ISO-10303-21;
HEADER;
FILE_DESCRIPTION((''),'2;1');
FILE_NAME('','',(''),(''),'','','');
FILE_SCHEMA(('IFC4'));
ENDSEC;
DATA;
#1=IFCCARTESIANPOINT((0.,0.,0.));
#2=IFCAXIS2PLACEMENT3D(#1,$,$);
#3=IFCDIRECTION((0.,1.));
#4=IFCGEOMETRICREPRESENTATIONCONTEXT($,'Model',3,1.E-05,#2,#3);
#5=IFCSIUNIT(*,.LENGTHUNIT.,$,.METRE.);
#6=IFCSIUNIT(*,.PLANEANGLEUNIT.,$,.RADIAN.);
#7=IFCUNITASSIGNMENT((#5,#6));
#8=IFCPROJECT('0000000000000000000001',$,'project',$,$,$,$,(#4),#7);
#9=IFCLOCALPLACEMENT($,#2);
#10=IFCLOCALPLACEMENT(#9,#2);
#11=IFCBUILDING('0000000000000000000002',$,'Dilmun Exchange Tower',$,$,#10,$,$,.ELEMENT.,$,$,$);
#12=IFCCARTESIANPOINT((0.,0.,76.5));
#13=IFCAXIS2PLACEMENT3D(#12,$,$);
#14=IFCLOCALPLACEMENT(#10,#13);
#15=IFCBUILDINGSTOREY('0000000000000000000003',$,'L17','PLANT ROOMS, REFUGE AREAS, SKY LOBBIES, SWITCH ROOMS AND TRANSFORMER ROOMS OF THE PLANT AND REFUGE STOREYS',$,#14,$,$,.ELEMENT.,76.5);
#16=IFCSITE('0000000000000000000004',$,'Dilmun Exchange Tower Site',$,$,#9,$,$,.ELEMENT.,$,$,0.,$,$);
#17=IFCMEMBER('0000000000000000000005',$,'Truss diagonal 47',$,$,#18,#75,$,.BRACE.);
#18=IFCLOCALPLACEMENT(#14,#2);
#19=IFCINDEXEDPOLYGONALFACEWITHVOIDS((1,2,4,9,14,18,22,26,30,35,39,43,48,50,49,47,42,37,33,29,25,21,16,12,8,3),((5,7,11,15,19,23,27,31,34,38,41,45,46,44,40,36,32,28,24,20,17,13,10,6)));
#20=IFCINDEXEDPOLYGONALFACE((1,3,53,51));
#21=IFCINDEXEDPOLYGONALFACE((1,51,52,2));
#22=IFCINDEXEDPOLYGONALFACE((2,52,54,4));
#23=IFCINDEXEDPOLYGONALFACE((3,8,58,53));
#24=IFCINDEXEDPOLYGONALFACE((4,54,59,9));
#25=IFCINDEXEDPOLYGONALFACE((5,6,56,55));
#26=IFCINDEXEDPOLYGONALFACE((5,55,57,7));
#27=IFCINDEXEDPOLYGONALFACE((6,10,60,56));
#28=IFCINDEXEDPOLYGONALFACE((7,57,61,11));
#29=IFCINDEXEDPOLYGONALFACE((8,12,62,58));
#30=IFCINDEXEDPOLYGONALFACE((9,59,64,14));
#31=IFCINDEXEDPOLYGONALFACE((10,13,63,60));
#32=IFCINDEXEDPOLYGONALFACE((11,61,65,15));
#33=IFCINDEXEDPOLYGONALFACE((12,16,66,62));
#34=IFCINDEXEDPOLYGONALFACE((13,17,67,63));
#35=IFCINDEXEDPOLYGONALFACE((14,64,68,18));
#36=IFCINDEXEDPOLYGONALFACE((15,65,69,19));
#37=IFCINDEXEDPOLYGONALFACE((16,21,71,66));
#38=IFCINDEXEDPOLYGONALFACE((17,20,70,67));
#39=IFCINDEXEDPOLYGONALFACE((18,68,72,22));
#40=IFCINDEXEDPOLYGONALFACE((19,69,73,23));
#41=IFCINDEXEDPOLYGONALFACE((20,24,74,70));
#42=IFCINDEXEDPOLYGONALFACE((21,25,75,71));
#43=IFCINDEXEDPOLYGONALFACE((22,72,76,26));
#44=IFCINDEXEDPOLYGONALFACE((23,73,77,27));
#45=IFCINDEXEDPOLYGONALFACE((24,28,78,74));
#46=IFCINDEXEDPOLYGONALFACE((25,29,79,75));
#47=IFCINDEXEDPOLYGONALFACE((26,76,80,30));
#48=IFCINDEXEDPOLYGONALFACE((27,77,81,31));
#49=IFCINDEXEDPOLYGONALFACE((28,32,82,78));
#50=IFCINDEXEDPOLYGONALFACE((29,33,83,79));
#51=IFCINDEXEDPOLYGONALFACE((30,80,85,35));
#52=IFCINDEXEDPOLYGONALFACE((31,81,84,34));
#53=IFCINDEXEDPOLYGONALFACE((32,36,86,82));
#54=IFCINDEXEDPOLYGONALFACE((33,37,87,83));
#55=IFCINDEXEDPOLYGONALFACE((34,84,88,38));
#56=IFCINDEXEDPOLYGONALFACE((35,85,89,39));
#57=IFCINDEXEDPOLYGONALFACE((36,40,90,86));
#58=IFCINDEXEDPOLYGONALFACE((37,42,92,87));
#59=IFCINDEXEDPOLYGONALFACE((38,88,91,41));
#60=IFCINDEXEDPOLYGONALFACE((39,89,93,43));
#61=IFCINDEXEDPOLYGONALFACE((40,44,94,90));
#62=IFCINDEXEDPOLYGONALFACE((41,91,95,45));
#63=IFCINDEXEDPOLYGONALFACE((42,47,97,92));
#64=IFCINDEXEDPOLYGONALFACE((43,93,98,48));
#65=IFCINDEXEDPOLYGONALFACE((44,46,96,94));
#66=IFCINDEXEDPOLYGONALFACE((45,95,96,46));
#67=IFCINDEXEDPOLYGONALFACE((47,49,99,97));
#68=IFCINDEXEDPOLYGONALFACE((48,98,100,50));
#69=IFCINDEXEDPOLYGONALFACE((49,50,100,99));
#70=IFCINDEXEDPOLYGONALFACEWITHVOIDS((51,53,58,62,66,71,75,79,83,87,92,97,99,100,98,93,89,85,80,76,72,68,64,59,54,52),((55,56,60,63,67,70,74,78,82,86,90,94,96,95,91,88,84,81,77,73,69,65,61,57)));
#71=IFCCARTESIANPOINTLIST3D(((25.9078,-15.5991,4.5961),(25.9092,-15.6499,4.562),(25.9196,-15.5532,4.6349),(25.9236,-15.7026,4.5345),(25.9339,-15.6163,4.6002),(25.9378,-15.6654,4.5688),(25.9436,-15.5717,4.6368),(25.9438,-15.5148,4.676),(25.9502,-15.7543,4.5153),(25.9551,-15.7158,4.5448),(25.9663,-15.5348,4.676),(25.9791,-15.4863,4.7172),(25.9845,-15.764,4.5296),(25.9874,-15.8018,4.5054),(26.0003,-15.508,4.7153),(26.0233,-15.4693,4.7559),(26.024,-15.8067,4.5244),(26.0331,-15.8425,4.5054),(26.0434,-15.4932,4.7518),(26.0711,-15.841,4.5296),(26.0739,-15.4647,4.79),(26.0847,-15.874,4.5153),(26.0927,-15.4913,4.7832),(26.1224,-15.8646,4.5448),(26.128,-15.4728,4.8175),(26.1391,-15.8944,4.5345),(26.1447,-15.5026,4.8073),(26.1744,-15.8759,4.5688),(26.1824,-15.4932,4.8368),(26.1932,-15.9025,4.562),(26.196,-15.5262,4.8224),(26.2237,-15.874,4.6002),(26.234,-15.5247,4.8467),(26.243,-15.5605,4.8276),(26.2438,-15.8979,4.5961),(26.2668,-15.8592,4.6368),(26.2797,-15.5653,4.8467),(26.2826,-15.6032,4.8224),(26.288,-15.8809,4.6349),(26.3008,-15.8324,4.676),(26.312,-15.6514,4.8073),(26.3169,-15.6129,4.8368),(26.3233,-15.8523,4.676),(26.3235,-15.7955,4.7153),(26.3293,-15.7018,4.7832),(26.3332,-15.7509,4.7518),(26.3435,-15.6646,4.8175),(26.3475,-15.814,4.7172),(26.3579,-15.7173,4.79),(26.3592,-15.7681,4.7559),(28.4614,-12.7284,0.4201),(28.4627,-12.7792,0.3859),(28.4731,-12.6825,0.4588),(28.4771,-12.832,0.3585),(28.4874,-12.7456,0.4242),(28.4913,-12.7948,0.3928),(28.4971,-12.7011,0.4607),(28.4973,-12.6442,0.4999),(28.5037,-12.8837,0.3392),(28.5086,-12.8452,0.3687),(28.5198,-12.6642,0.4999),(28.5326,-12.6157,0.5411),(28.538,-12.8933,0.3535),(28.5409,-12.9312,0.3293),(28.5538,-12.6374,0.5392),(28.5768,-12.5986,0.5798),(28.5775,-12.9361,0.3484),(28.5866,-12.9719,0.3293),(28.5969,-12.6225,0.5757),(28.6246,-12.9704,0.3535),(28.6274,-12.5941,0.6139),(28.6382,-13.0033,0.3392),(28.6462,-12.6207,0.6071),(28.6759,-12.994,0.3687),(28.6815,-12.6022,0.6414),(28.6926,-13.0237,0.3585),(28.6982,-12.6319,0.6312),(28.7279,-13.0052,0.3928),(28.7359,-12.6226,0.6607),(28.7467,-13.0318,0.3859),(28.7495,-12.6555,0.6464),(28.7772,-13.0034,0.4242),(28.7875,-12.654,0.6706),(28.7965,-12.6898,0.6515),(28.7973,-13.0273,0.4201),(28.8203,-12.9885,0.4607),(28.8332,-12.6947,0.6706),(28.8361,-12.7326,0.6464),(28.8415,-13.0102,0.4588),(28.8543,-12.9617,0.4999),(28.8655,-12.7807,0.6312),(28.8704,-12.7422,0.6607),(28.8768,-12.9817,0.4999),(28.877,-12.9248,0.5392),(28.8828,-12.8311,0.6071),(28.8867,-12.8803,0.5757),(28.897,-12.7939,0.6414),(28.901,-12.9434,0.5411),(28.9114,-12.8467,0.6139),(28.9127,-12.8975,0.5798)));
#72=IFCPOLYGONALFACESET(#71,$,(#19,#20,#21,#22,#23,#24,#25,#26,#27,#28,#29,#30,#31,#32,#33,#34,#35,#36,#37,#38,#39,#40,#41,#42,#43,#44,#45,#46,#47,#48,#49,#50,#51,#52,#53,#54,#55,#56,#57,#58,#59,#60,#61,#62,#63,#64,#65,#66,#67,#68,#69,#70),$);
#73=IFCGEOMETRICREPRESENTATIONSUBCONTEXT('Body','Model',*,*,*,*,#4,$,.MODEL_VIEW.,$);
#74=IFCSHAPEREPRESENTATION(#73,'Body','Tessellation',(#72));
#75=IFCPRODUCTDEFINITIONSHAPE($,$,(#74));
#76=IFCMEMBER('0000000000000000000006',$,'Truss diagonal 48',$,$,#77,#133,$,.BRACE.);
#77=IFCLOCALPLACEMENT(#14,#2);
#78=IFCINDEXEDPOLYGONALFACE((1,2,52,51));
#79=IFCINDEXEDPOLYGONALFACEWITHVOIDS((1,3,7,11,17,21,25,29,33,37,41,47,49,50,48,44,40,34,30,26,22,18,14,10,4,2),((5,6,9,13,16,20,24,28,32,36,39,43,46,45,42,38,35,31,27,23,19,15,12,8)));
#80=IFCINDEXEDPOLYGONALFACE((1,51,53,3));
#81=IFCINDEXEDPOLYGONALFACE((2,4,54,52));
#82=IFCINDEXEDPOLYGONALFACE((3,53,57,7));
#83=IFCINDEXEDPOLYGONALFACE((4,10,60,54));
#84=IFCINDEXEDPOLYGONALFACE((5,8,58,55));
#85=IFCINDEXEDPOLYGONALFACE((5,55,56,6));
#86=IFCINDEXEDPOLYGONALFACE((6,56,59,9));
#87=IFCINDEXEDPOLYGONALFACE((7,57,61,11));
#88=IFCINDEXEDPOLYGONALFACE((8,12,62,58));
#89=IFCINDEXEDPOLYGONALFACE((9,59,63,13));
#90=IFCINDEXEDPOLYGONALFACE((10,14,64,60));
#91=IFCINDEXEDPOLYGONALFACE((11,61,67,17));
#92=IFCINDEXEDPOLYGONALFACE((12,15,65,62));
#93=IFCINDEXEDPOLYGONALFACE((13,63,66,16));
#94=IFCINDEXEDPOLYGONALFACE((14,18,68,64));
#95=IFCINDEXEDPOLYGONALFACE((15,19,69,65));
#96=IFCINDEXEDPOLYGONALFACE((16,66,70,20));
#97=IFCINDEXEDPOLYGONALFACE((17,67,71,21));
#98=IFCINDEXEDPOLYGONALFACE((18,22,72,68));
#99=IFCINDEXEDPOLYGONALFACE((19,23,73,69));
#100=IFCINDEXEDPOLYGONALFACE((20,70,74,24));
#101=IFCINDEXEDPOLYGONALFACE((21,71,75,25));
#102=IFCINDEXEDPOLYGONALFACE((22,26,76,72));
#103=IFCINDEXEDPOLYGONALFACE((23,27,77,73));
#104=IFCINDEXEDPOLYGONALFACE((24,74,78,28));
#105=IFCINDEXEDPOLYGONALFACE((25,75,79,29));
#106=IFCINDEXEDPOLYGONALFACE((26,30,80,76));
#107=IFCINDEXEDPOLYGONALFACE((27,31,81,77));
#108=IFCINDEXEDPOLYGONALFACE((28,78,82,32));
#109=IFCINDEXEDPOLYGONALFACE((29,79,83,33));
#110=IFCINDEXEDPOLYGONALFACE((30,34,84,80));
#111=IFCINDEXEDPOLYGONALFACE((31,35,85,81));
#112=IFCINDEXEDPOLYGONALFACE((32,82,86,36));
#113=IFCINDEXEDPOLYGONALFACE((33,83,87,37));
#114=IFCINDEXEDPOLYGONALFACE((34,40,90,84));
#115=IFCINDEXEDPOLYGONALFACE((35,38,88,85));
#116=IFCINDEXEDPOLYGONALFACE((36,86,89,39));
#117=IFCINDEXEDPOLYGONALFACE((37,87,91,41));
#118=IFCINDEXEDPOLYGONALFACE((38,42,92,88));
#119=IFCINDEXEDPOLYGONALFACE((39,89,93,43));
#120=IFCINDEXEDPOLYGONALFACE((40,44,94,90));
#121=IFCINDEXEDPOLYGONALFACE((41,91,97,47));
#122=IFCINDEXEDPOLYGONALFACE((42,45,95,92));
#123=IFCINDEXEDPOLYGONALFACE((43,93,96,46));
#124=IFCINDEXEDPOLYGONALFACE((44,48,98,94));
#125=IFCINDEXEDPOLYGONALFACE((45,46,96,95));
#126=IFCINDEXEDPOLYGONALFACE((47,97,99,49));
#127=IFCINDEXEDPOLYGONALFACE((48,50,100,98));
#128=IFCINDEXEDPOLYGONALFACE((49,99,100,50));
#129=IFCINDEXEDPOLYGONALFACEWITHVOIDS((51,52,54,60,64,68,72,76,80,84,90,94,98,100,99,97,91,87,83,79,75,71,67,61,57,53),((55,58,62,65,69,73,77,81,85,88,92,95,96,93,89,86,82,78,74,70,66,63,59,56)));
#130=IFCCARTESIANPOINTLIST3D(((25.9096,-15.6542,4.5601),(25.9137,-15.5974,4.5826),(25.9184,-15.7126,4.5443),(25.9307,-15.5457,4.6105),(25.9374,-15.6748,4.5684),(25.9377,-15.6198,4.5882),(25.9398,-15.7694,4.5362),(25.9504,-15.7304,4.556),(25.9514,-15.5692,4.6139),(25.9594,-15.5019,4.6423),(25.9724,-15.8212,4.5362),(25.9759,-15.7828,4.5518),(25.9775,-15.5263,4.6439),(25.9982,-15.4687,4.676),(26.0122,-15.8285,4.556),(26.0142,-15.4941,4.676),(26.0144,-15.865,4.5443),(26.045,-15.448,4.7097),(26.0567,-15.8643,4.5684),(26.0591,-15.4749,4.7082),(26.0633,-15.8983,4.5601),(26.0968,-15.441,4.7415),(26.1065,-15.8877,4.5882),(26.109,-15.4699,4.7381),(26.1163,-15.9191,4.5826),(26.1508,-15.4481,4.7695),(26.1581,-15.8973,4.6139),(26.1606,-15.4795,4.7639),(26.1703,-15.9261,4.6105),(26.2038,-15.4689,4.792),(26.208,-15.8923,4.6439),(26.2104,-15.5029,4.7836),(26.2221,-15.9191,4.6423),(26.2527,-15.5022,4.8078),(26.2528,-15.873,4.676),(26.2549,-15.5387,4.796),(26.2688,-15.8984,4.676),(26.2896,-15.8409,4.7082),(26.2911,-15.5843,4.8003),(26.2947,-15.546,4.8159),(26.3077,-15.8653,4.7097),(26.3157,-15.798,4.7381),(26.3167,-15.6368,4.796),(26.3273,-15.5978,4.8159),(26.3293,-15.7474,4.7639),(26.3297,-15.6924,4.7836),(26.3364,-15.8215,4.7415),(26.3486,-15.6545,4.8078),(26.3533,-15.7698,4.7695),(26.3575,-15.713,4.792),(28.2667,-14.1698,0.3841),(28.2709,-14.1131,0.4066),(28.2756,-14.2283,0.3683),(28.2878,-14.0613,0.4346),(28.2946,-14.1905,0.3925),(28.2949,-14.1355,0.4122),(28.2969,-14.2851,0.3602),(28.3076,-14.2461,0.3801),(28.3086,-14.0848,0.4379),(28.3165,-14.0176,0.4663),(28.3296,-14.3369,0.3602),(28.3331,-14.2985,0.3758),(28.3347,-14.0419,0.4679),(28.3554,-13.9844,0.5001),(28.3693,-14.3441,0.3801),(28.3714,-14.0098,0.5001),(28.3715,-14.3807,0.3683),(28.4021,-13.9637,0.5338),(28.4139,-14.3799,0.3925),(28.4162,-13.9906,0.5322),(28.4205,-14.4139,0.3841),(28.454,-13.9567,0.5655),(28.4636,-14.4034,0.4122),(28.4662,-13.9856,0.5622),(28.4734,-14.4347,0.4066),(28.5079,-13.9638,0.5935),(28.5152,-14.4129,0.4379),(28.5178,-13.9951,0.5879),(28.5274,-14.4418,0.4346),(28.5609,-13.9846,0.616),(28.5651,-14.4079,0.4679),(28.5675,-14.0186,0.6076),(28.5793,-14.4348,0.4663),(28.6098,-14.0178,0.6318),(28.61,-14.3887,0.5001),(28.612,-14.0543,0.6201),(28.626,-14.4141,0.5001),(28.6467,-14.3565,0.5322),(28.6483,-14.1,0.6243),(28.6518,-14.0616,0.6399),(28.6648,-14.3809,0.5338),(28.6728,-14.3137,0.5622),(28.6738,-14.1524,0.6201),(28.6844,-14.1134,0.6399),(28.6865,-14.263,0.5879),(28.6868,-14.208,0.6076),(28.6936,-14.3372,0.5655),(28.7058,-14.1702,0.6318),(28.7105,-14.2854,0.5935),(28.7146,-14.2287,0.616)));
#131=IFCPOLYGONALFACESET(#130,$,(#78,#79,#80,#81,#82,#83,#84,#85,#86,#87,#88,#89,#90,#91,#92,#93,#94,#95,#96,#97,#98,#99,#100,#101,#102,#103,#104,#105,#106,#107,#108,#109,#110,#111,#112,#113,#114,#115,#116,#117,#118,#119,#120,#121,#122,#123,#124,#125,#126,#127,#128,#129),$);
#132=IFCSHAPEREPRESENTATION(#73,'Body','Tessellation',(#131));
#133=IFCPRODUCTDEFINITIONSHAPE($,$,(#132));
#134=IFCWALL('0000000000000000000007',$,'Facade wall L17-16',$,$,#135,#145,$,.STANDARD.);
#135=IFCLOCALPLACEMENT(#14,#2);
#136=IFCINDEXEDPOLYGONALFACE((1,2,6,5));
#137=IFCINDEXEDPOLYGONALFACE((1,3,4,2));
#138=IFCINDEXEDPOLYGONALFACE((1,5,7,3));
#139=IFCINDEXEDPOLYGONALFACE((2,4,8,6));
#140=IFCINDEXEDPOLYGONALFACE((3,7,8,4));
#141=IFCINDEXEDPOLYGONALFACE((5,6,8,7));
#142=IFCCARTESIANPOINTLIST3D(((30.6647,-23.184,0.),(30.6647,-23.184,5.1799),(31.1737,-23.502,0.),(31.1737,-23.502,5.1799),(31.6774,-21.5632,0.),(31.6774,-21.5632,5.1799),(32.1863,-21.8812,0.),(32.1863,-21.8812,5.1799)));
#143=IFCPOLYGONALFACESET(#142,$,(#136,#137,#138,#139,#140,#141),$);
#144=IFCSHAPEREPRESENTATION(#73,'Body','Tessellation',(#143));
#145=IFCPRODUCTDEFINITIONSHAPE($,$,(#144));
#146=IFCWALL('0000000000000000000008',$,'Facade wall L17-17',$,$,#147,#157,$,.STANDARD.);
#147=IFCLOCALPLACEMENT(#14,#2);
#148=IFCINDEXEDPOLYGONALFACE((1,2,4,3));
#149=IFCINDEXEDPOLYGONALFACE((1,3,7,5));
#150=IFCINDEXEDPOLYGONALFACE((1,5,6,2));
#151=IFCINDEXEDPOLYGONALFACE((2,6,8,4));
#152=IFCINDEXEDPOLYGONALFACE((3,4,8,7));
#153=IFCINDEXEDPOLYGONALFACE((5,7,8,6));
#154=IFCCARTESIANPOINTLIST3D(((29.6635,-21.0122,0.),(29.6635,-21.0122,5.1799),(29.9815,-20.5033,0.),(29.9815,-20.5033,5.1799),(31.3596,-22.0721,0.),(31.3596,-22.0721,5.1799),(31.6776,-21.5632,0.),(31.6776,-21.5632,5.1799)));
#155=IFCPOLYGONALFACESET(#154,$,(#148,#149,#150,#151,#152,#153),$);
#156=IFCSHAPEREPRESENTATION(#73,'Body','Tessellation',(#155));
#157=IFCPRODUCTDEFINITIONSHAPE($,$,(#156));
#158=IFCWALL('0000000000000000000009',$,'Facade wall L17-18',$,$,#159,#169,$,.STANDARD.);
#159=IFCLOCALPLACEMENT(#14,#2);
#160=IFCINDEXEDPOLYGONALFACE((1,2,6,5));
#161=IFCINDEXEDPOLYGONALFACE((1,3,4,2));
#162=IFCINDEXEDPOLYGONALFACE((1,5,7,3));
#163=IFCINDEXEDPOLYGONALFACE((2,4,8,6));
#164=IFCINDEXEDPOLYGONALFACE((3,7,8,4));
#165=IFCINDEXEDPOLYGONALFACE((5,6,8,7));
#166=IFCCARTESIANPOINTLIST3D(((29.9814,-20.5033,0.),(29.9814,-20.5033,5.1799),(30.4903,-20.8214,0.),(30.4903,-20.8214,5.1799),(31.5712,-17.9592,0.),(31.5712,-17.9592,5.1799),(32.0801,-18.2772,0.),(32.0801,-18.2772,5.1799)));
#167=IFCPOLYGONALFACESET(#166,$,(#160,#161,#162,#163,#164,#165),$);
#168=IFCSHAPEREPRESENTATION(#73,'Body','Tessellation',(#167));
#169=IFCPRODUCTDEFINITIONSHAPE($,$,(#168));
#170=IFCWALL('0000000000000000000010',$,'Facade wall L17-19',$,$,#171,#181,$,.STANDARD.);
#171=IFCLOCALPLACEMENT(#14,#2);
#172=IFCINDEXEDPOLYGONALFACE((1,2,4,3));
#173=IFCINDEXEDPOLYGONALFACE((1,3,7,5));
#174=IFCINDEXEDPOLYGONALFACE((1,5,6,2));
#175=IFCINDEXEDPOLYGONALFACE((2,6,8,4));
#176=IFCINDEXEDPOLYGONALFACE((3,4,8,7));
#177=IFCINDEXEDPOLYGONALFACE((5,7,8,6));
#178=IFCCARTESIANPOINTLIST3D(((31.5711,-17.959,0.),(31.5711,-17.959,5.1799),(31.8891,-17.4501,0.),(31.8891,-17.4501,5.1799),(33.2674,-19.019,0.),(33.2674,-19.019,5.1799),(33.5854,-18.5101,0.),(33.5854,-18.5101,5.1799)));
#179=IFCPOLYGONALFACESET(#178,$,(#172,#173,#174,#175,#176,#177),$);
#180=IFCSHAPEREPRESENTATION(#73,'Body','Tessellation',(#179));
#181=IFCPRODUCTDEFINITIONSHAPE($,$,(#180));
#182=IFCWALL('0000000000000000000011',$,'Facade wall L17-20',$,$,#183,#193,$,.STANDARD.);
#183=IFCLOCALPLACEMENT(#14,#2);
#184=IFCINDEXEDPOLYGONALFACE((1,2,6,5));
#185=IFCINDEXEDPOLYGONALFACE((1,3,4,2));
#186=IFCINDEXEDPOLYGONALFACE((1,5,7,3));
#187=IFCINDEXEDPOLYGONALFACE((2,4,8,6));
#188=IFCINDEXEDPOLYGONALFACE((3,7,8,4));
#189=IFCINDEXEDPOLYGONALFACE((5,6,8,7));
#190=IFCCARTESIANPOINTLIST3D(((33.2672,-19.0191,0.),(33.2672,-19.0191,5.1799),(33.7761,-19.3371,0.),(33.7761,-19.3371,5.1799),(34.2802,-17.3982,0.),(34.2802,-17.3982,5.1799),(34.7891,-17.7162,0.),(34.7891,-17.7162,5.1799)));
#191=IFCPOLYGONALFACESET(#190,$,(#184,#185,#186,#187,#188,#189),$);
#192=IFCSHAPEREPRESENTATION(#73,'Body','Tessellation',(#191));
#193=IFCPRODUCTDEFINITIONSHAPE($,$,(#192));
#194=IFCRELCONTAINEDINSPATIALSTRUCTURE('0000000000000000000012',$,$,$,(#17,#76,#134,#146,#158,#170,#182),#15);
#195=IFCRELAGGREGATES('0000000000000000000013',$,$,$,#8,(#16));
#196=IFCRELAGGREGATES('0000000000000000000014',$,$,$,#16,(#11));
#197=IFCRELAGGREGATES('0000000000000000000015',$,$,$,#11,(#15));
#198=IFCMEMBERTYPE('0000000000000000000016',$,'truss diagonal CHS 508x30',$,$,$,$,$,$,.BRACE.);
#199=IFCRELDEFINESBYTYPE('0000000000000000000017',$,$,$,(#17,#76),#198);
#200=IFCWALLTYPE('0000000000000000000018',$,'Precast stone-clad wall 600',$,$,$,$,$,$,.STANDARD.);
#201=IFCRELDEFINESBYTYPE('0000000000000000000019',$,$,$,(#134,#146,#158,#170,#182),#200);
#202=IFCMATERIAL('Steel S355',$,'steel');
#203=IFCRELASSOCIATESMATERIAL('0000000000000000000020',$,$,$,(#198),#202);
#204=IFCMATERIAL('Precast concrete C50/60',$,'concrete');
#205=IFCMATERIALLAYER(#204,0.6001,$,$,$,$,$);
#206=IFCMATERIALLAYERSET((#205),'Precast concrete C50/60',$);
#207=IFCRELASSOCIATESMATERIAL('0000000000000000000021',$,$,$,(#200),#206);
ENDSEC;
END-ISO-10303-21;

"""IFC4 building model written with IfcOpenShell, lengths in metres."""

from ifc_helpers import new_model, si_unit, direction, frame, frame_2d, origin, origin_2d, place, context, subcontext, project, spatial, rectangle, hollow_circle, extrude, material, layer, layer_set, material_profile, profile_set, type_object, element, save


model = new_model("IFC4")

# Units and contexts
model_context = context("Model", 3, precision=1e-05, world=origin(), true_north=direction((0.0, 1.0)))
body_context = subcontext(model_context, "Body", "Model", "MODEL_VIEW")
ifc_project = project(units=[si_unit("LENGTHUNIT", "METRE"), si_unit("PLANEANGLEUNIT", "RADIAN")], contexts=[model_context])

# Site, building, storey
site_placement = place(None, origin())
site = spatial("IfcSite", under=ifc_project, at=site_placement, Name="Dilmun Exchange Tower Site", CompositionType="ELEMENT", RefElevation=0.0)
building_placement = place(site_placement, origin())
building = spatial("IfcBuilding", under=site, at=building_placement, Name="Dilmun Exchange Tower", CompositionType="ELEMENT")
storey_placement = place(building_placement, frame((0.0, 0.0, 76.5)))
storey = spatial("IfcBuildingStorey", under=building, at=storey_placement, Name="L17", Description="PLANT ROOMS, REFUGE AREAS, SKY LOBBIES, SWITCH ROOMS AND TRANSFORMER ROOMS OF THE PLANT AND REFUGE STOREYS", CompositionType="ELEMENT", Elevation=76.5)

# Shared definitions
ifc_material_1 = material(Name="Steel S355", Category="steel")

# Members
ifc_material_profile_1 = material_profile(ifc_material_1, hollow_circle(Radius=0.2539, WallThickness=0.03, at=origin_2d()), Name="CHS 508x30")
ifc_profile_set_1 = profile_set([ifc_material_profile_1], Name="Steel S355")
member_type = type_object("IfcMemberType", Name="truss diagonal CHS 508x30", PredefinedType="BRACE", material=ifc_profile_set_1)
member_1_placement = place(storey_placement, frame((26.1335, -15.6836, 4.676), z_axis=(0.449991, 0.50588, -0.735931), x_axis=(-0.747174, 0.664628, 0.0)))
element("IfcMember", 1, at=member_1_placement, inside=storey, type_object=member_type, Name="Truss diagonal 47", PredefinedType="BRACE", context=body_context, shape_type="SweptSolid", body=[
    extrude(hollow_circle(Radius=0.2539, WallThickness=0.03, at=origin_2d()), origin(), (0.0, 0.0, 1.0), 5.6746),
])
member_2_placement = place(storey_placement, frame((26.1335, -15.6836, 4.676), z_axis=(0.469572, 0.295701, -0.831903), x_axis=(-0.532871, 0.846196, 0.0)))
element("IfcMember", 2, at=member_2_placement, inside=storey, type_object=member_type, Name="Truss diagonal 48", PredefinedType="BRACE", context=body_context, shape_type="SweptSolid", body=[
    extrude(hollow_circle(Radius=0.2539, WallThickness=0.03, at=origin_2d()), origin(), (0.0, 0.0, 1.0), 5.0198),
])

# Walls
ifc_material_2 = material(Name="Precast concrete C50/60", Category="concrete")
ifc_layer_1 = layer(ifc_material_2, 0.6001)
ifc_layer_set_1 = layer_set([ifc_layer_1], Name="Precast concrete C50/60")
wall_type = type_object("IfcWallType", Name="Precast stone-clad wall 600", PredefinedType="STANDARD", material=ifc_layer_set_1)
wall_1_placement = place(storey_placement, frame((30.9192, -23.343, 0.0), z_axis=(0.0, 0.0, 1.0), x_axis=(0.529873, 0.848077, 0.0)))
element("IfcWall", 3, at=wall_1_placement, inside=storey, type_object=wall_type, Name="Facade wall L17-16", PredefinedType="STANDARD", context=body_context, shape_type="SweptSolid", body=[
    extrude(rectangle(XDim=1.9111, YDim=0.6001, at=frame_2d((0.9556, 0.0))), origin(), (0.0, 0.0, 1.0), 5.1799),
])
wall_2_placement = place(storey_placement, frame((31.5186, -21.8176, 0.0), z_axis=(0.0, 0.0, 1.0), x_axis=(-0.848046, 0.529922, 0.0)))
element("IfcWall", 4, at=wall_2_placement, inside=storey, type_object=wall_type, Name="Facade wall L17-17", PredefinedType="STANDARD", context=body_context, shape_type="SweptSolid", body=[
    extrude(rectangle(XDim=2.0, YDim=0.6001, at=frame_2d((1.0, 0.0))), origin(), (0.0, 0.0, 1.0), 5.1799),
])
wall_3_placement = place(storey_placement, frame((30.2358, -20.6624, 0.0), z_axis=(0.0, 0.0, 1.0), x_axis=(0.529933, 0.848039, 0.0)))
element("IfcWall", 5, at=wall_3_placement, inside=storey, type_object=wall_type, Name="Facade wall L17-18", PredefinedType="STANDARD", context=body_context, shape_type="SweptSolid", body=[
    extrude(rectangle(XDim=3.0, YDim=0.6001, at=frame_2d((1.5, 0.0))), origin(), (0.0, 0.0, 1.0), 5.1799),
])
wall_4_placement = place(storey_placement, frame((31.7302, -17.7046, 0.0), z_axis=(0.0, 0.0, 1.0), x_axis=(0.848026, -0.529955, 0.0)))
element("IfcWall", 6, at=wall_4_placement, inside=storey, type_object=wall_type, Name="Facade wall L17-19", PredefinedType="STANDARD", context=body_context, shape_type="SweptSolid", body=[
    extrude(rectangle(XDim=2.0002, YDim=0.6001, at=frame_2d((1.0, 0.0))), origin(), (0.0, 0.0, 1.0), 5.1799),
])
wall_5_placement = place(storey_placement, frame((33.5217, -19.178, 0.0), z_axis=(0.0, 0.0, 1.0), x_axis=(0.529964, 0.84802, 0.0)))
element("IfcWall", 7, at=wall_5_placement, inside=storey, type_object=wall_type, Name="Facade wall L17-20", PredefinedType="STANDARD", context=body_context, shape_type="SweptSolid", body=[
    extrude(rectangle(XDim=1.9114, YDim=0.6001, at=frame_2d((0.9556, 0.0))), origin(), (0.0, 0.0, 1.0), 5.1799),
])

save(model, "model.ifc")
